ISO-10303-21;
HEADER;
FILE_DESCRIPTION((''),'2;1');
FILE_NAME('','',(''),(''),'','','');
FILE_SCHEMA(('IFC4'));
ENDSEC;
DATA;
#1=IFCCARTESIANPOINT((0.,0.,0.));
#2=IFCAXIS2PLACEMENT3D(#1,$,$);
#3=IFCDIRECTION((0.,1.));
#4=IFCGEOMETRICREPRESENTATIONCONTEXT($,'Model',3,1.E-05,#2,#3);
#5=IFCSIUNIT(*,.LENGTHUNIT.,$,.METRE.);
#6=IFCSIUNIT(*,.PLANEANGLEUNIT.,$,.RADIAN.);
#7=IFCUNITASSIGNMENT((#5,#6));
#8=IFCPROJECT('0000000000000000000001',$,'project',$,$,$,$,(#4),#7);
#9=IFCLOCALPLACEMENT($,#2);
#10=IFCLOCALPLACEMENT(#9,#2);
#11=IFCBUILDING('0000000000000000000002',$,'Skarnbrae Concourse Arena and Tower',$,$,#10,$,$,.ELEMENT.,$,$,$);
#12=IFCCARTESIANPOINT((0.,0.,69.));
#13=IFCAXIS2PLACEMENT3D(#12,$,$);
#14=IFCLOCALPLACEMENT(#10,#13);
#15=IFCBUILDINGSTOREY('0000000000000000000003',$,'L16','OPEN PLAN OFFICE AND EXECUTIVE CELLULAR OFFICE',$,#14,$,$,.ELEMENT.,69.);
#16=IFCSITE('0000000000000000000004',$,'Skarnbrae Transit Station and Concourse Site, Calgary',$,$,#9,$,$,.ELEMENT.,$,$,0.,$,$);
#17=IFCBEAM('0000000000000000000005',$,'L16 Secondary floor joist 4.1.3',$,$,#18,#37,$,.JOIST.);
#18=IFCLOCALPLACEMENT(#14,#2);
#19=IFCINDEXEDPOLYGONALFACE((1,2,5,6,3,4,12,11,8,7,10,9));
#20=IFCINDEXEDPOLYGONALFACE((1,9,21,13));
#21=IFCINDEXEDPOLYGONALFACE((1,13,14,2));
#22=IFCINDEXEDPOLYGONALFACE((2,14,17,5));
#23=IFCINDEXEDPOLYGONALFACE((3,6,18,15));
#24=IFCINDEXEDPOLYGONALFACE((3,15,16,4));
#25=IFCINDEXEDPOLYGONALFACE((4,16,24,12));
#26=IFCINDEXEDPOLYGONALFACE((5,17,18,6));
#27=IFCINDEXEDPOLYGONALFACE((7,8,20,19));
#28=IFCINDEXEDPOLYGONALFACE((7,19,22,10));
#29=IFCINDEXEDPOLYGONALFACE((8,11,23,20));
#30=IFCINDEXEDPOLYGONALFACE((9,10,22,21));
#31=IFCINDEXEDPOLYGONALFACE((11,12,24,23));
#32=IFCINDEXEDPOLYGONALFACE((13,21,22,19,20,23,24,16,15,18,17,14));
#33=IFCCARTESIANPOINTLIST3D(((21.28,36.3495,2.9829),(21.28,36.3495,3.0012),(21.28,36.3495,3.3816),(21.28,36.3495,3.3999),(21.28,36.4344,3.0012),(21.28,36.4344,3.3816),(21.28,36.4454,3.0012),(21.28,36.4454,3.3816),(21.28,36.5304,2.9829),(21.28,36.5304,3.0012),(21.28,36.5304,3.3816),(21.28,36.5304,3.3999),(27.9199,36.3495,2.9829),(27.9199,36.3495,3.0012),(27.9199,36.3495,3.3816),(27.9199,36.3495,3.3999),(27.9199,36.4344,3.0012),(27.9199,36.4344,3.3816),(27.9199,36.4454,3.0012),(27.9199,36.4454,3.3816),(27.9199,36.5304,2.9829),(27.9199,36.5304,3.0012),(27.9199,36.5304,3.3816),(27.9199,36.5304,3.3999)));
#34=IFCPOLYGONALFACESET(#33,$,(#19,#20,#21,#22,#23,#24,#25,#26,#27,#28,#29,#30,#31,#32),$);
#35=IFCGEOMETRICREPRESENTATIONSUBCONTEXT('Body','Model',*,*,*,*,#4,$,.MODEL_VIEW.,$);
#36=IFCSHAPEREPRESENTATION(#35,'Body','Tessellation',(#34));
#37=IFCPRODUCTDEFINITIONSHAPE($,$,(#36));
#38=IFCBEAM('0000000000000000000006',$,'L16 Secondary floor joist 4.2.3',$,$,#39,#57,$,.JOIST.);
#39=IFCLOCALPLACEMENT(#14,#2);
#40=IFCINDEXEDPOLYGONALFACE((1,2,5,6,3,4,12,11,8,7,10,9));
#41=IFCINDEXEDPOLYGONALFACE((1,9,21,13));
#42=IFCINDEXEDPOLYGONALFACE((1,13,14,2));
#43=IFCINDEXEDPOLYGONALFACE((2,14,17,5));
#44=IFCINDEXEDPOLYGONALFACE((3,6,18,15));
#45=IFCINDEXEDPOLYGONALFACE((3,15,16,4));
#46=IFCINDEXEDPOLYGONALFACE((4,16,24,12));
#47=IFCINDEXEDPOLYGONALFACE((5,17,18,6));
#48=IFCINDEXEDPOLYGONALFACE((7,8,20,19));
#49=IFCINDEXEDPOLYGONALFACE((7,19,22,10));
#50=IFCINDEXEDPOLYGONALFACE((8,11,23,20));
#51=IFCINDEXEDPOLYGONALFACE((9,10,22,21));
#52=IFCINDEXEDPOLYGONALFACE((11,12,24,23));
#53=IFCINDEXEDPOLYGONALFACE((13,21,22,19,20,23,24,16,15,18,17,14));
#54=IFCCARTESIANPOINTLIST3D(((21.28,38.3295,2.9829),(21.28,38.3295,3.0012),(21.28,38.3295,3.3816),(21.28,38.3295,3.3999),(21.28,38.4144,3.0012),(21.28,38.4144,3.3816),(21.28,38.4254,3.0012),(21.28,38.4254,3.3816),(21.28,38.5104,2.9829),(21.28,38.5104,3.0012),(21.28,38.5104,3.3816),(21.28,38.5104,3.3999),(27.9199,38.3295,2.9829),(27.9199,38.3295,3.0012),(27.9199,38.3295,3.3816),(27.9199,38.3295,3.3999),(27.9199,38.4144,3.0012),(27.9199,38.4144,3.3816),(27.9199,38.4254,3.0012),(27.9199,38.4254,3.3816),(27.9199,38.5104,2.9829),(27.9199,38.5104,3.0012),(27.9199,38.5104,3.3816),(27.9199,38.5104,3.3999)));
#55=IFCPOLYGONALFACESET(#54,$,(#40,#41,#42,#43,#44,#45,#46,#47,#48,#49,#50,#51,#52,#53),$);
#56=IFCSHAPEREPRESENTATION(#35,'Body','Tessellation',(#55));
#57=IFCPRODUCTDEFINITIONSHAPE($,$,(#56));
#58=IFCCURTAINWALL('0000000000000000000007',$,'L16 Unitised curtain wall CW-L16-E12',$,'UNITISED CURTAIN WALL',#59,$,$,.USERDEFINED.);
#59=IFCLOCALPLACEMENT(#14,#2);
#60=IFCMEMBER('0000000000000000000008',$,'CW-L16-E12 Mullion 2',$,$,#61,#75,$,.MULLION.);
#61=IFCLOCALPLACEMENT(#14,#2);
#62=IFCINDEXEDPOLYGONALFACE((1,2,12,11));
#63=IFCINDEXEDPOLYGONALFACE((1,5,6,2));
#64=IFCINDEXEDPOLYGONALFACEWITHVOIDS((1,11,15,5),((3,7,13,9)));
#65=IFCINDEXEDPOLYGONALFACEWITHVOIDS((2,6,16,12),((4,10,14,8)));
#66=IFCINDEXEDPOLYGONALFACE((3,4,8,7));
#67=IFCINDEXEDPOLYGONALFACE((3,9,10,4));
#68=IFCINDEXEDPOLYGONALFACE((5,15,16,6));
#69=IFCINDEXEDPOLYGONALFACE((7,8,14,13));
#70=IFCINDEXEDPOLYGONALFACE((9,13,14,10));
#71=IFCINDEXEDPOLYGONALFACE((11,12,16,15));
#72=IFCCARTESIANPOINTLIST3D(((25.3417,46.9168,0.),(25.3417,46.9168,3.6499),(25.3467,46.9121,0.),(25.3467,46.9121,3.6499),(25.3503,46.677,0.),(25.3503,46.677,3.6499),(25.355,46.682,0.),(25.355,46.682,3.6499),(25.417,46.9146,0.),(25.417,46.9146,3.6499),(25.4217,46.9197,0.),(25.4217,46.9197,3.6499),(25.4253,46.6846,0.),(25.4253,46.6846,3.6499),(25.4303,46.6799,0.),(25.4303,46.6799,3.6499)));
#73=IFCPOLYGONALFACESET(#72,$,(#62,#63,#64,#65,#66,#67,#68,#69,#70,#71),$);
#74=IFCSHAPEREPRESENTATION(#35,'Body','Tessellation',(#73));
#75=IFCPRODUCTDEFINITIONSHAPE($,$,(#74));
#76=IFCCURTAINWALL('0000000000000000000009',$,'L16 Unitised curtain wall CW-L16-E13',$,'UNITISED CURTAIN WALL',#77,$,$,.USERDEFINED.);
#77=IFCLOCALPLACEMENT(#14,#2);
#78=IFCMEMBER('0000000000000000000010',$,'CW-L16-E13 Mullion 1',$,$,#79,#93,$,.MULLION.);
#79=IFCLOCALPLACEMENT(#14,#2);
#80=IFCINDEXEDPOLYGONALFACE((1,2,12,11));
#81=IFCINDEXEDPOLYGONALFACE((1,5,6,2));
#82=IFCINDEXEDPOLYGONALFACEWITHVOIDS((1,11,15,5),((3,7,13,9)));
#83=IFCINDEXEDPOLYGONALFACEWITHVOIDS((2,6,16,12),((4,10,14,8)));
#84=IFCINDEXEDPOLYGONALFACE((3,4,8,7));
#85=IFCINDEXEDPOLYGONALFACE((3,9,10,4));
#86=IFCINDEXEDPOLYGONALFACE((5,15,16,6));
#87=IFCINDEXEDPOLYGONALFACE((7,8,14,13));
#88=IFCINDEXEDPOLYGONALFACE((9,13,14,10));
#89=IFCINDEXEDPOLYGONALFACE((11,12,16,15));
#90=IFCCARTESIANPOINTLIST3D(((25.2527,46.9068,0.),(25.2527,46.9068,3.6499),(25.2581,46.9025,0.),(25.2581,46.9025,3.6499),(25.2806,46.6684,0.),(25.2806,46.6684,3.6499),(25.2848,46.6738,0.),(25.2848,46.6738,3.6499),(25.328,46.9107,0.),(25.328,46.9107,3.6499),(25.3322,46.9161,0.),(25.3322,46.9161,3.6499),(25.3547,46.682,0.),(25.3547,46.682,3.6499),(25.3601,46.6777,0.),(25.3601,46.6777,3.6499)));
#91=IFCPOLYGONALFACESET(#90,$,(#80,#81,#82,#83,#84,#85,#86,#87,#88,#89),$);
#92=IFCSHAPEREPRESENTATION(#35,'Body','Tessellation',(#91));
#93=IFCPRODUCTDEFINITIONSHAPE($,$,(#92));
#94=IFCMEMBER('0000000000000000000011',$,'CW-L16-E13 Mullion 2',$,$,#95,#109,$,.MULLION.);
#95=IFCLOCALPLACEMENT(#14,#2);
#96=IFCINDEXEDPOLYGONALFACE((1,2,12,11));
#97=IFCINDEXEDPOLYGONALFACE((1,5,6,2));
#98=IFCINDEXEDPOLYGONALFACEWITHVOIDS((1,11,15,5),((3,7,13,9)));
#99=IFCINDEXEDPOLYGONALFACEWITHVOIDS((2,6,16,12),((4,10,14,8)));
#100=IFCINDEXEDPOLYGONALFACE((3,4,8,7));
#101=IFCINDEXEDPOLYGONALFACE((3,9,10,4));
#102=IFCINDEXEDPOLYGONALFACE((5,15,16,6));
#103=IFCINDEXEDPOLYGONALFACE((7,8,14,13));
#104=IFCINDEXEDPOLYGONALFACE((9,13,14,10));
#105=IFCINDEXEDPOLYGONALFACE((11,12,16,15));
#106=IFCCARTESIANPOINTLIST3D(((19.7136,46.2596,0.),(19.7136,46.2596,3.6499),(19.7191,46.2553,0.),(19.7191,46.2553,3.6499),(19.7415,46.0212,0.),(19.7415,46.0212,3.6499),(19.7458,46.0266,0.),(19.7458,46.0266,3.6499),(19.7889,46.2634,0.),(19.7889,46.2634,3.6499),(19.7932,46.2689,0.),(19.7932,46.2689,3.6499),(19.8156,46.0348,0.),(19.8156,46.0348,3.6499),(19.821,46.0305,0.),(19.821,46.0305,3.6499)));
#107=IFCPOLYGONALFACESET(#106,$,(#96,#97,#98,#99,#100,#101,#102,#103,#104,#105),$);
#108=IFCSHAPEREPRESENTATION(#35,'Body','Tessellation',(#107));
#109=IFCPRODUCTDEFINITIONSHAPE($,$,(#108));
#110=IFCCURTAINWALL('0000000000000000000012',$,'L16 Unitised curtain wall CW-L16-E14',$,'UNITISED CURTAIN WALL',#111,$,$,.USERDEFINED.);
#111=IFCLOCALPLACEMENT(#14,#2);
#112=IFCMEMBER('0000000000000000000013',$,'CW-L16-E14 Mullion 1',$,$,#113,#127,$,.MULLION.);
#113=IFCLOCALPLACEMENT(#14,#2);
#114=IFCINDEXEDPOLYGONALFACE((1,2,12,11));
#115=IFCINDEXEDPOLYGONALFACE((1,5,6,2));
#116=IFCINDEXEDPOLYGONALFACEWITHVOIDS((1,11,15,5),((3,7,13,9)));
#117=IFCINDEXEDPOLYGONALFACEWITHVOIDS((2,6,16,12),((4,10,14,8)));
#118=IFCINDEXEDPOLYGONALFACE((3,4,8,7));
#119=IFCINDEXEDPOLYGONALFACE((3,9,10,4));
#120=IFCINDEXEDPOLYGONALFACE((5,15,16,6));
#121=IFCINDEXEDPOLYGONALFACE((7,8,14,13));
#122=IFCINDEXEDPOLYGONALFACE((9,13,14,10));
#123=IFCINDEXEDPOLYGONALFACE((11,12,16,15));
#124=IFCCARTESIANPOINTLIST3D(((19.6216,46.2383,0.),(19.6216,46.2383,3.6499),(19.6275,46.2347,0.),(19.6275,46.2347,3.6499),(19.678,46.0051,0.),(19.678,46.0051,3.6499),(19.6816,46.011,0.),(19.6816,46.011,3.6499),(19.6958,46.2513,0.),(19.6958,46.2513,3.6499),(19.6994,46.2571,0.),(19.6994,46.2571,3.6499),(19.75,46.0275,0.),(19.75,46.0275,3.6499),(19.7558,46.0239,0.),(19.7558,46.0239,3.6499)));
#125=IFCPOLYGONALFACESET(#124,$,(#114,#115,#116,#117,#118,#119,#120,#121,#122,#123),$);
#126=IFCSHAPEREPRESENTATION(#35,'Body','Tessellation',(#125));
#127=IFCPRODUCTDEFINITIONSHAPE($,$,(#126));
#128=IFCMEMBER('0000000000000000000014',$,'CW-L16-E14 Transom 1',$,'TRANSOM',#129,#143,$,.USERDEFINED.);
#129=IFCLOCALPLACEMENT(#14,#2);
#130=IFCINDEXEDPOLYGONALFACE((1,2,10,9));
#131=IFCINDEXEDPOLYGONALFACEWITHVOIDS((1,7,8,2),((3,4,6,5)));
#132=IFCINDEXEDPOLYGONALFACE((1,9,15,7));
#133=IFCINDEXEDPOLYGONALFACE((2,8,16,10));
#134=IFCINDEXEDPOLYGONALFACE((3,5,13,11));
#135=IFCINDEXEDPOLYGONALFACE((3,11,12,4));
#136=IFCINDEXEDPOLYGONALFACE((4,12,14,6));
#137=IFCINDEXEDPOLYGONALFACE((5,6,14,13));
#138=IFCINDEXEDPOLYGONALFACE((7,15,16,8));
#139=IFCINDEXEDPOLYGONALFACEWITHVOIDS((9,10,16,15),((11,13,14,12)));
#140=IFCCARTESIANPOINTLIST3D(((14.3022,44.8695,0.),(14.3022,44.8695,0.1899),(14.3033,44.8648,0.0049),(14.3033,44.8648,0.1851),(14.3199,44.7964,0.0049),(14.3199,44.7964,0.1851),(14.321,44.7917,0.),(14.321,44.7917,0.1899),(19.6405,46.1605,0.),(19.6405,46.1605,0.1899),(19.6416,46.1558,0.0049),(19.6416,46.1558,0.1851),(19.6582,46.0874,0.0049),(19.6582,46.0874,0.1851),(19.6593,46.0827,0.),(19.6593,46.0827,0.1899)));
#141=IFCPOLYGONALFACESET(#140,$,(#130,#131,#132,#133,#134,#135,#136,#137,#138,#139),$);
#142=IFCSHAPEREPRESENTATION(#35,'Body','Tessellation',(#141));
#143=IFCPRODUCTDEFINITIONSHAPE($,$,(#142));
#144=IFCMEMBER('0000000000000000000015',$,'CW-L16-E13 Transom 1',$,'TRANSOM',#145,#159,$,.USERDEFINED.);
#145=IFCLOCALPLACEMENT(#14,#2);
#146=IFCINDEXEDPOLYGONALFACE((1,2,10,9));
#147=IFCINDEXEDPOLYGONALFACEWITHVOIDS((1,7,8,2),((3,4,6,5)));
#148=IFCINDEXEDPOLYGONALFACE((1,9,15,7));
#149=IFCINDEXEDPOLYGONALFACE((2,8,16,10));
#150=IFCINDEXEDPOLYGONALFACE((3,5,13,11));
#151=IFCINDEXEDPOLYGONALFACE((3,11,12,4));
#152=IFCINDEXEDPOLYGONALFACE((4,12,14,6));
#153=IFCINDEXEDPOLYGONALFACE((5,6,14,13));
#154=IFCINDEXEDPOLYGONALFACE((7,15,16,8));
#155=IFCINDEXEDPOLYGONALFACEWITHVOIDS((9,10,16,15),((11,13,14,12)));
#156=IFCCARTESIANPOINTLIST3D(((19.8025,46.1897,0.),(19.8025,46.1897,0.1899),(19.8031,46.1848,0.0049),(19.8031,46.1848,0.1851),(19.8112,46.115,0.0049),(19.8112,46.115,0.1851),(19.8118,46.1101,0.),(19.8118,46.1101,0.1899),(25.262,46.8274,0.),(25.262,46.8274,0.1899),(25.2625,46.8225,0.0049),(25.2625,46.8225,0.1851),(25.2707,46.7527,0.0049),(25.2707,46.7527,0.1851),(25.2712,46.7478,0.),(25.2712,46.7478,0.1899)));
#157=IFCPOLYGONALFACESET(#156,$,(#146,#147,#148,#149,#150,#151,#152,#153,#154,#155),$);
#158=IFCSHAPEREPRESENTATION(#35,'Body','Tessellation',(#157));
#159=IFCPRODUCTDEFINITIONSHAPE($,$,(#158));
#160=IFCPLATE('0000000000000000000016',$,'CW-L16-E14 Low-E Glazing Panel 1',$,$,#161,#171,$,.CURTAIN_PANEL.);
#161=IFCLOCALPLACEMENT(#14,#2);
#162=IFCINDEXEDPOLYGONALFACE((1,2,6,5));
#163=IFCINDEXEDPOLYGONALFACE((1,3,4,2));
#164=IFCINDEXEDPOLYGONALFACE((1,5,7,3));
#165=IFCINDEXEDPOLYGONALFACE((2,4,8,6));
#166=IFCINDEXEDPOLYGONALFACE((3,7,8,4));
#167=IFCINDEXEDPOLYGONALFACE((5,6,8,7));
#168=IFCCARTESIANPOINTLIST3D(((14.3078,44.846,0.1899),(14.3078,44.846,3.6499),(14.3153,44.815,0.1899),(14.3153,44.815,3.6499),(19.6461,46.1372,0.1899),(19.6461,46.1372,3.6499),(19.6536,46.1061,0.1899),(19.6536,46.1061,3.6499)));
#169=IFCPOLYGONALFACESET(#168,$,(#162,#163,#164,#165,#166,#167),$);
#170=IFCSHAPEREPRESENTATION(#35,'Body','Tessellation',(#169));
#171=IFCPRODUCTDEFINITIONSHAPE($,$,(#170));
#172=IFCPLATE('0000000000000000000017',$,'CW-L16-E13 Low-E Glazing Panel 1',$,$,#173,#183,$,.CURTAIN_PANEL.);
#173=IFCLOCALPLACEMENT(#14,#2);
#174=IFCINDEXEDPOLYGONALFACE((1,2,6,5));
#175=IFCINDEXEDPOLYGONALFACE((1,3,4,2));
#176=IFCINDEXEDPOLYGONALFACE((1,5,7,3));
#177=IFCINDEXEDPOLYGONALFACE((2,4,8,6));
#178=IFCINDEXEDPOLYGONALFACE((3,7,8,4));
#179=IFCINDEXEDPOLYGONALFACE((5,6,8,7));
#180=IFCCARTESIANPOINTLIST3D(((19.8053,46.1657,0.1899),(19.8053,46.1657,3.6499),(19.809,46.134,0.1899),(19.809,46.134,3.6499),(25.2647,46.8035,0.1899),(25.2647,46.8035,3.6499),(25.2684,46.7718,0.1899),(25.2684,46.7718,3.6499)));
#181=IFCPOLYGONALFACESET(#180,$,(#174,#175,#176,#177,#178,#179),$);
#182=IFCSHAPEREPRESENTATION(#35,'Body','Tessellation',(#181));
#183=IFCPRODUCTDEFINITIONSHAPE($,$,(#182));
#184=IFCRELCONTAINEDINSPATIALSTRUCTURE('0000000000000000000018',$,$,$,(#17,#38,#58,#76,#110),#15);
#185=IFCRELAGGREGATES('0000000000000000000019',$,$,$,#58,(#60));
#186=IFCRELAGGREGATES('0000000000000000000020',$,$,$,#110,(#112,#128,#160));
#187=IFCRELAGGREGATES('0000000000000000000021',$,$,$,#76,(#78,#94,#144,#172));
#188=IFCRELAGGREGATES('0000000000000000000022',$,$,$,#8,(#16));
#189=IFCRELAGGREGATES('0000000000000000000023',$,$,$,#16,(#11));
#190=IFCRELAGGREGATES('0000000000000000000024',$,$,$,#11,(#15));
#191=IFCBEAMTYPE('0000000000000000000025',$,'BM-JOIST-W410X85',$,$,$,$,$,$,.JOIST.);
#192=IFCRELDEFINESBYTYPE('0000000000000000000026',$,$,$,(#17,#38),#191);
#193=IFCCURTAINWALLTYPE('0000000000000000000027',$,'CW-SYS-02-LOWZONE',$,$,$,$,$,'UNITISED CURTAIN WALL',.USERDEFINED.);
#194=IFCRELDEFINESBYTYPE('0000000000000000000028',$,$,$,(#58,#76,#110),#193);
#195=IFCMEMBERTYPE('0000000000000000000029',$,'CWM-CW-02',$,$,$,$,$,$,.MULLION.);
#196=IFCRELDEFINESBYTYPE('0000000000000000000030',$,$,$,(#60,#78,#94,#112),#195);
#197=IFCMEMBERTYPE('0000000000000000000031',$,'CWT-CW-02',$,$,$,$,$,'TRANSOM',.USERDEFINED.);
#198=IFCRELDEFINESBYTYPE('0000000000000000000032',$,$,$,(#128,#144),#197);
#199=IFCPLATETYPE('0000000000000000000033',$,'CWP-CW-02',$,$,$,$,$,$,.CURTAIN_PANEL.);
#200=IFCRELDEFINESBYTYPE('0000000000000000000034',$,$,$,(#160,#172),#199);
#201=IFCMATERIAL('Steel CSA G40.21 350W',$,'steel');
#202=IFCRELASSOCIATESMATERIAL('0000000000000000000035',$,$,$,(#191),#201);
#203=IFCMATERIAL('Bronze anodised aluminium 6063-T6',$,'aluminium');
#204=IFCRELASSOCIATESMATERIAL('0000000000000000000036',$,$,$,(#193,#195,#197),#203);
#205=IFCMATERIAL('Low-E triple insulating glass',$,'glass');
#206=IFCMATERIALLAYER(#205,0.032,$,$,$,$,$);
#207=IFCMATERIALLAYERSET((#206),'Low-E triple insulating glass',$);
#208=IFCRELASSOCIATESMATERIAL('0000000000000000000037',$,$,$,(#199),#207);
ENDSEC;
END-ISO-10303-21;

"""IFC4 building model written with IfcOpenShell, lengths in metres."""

from ifc_helpers import new_model, si_unit, direction, frame, origin, origin_2d, place, context, subcontext, project, spatial, rectangle, hollow_rectangle, i_section, extrude, source, transform, mapped, material, layer, layer_set, material_profile, profile_set, type_object, element, aggregate, save


model = new_model("IFC4")

# Units and contexts
model_context = context("Model", 3, precision=1e-05, world=origin(), true_north=direction((0.0, 1.0)))
body_context = subcontext(model_context, "Body", "Model", "MODEL_VIEW")
ifc_project = project(units=[si_unit("LENGTHUNIT", "METRE"), si_unit("PLANEANGLEUNIT", "RADIAN")], contexts=[model_context])

# Site, building, storey
site_placement = place(None, origin())
site = spatial("IfcSite", under=ifc_project, at=site_placement, Name="Skarnbrae Transit Station and Concourse Site, Calgary", CompositionType="ELEMENT", RefElevation=0.0)
building_placement = place(site_placement, origin())
building = spatial("IfcBuilding", under=site, at=building_placement, Name="Skarnbrae Concourse Arena and Tower", CompositionType="ELEMENT")
storey_placement = place(building_placement, frame((0.0, 0.0, 69.0)))
storey = spatial("IfcBuildingStorey", under=building, at=storey_placement, Name="L16", Description="OPEN PLAN OFFICE AND EXECUTIVE CELLULAR OFFICE", CompositionType="ELEMENT", Elevation=69.0)

# Shared definitions
ifc_material_1 = material(Name="Steel CSA G40.21 350W", Category="steel")

# Beams
ifc_material_profile_1 = material_profile(ifc_material_1, i_section(OverallWidth=0.1809, OverallDepth=0.417, WebThickness=0.011, FlangeThickness=0.0183, at=origin_2d()), Name="W410X85")
ifc_profile_set_1 = profile_set([ifc_material_profile_1], Name="Steel CSA G40.21 350W")
beam_type_1 = type_object("IfcBeamType", Name="BM-JOIST-W410X85", PredefinedType="JOIST", material=ifc_profile_set_1)
shared_shape_1 = source(origin(), body_context, "Body", "SweptSolid", [
    extrude(i_section(OverallWidth=0.1809, OverallDepth=0.417, WebThickness=0.011, FlangeThickness=0.0183, at=origin_2d()), origin(), (0.0, 0.0, 1.0), 6.6399),
])
for number, where, z_axis, x_axis, name in (
    (1, (21.28, 36.4399, 3.1914), (1.0, 0.0, 0.0), (0.0, 1.0, 0.0), "L16 Secondary floor joist 4.1.3"),
    (2, (21.28, 38.4199, 3.1914), (1.0, 0.0, 0.0), (0.0, 1.0, 0.0), "L16 Secondary floor joist 4.2.3"),
):
    element("IfcBeam", number, at=place(storey_placement, frame(where, z_axis=z_axis, x_axis=x_axis)), inside=storey, type_object=beam_type_1, Name=name, PredefinedType="JOIST", context=body_context, shape_type="MappedRepresentation", body=[
        mapped(shared_shape_1, transform((0.0, 0.0, 0.0))),
    ])

# Curtain wall, member
ifc_material_2 = material(Name="Bronze anodised aluminium 6063-T6", Category="aluminium")
curtain_wall_type = type_object("IfcCurtainWallType", Name="CW-SYS-02-LOWZONE", ElementType="UNITISED CURTAIN WALL", PredefinedType="USERDEFINED", material=ifc_material_2)
curtain_wall_1_placement = place(storey_placement, origin())
curtain_wall_1 = element("IfcCurtainWall", 3, at=curtain_wall_1_placement, inside=storey, type_object=curtain_wall_type, Name="L16 Unitised curtain wall CW-L16-E12", ObjectType="UNITISED CURTAIN WALL", PredefinedType="USERDEFINED")
ifc_material_profile_2 = material_profile(ifc_material_2, hollow_rectangle(XDim=0.0801, YDim=0.24, WallThickness=0.0049, at=origin_2d()), Name="ALU-MULL-80X240")
ifc_profile_set_2 = profile_set([ifc_material_profile_2], Name="Bronze anodised aluminium 6063-T6")
member_type_1 = type_object("IfcMemberType", Name="CWM-CW-02", PredefinedType="MULLION", material=ifc_profile_set_2)
shared_shape_2 = source(origin(), body_context, "Body", "SweptSolid", [
    extrude(hollow_rectangle(XDim=0.0801, YDim=0.24, WallThickness=0.0049, at=origin_2d()), origin(), (0.0, 0.0, 1.0), 3.6499),
])
member_1_placement = place(storey_placement, frame((25.386, 46.7983, 0.0), z_axis=(0.0, 0.0, 1.0), x_axis=(-0.999355, -0.035899, 0.0)))
member_1 = element("IfcMember", 4, at=member_1_placement, type_object=member_type_1, Name="CW-L16-E12 Mullion 2", PredefinedType="MULLION", context=body_context, shape_type="MappedRepresentation", body=[
    mapped(shared_shape_2, transform((0.0, 0.0, 0.0))),
])
aggregate(curtain_wall_1, [member_1])

# Curtain walls, members
curtain_wall_2_placement = place(storey_placement, origin())
curtain_wall_2 = element("IfcCurtainWall", 5, at=curtain_wall_2_placement, inside=storey, type_object=curtain_wall_type, Name="L16 Unitised curtain wall CW-L16-E13", ObjectType="UNITISED CURTAIN WALL", PredefinedType="USERDEFINED")
member_2_placement = place(storey_placement, frame((25.3064, 46.7922, 0.0), z_axis=(0.0, 0.0, 1.0), x_axis=(-0.993245, -0.11604, 0.0)))
member_2 = element("IfcMember", 6, at=member_2_placement, type_object=member_type_1, Name="CW-L16-E13 Mullion 1", PredefinedType="MULLION", context=body_context, shape_type="MappedRepresentation", body=[
    mapped(shared_shape_2, transform((0.0, 0.0, 0.0))),
])
member_3_placement = place(storey_placement, frame((19.7673, 46.145, 0.0), z_axis=(0.0, 0.0, 1.0), x_axis=(-0.993245, -0.11604, 0.0)))
member_3 = element("IfcMember", 7, at=member_3_placement, type_object=member_type_1, Name="CW-L16-E13 Mullion 2", PredefinedType="MULLION", context=body_context, shape_type="MappedRepresentation", body=[
    mapped(shared_shape_2, transform((0.0, 0.0, 0.0))),
])
curtain_wall_3_placement = place(storey_placement, origin())
curtain_wall_3 = element("IfcCurtainWall", 8, at=curtain_wall_3_placement, inside=storey, type_object=curtain_wall_type, Name="L16 Unitised curtain wall CW-L16-E14", ObjectType="UNITISED CURTAIN WALL", PredefinedType="USERDEFINED")
member_4_placement = place(storey_placement, frame((19.6887, 46.1311, 0.0), z_axis=(0.0, 0.0, 1.0), x_axis=(-0.971974, -0.23509, 0.0)))
member_4 = element("IfcMember", 9, at=member_4_placement, type_object=member_type_1, Name="CW-L16-E14 Mullion 1", PredefinedType="MULLION", context=body_context, shape_type="MappedRepresentation", body=[
    mapped(shared_shape_2, transform((0.0, 0.0, 0.0))),
])
ifc_material_profile_3 = material_profile(ifc_material_2, hollow_rectangle(XDim=0.0801, YDim=0.1899, WallThickness=0.0049, at=origin_2d()), Name="ALU-TRAN-80X190")
ifc_profile_set_3 = profile_set([ifc_material_profile_3], Name="Bronze anodised aluminium 6063-T6")
member_type_2 = type_object("IfcMemberType", Name="CWT-CW-02", ElementType="TRANSOM", PredefinedType="USERDEFINED", material=ifc_profile_set_3)
shared_shape_3 = source(origin(), body_context, "Body", "SweptSolid", [
    extrude(hollow_rectangle(XDim=0.0801, YDim=0.1899, WallThickness=0.0049, at=origin_2d()), origin(), (0.0, 0.0, 1.0), 5.4922),
])
member_5_placement = place(storey_placement, frame((19.6499, 46.1216, 0.095), z_axis=(-0.971981, -0.235061, 0.0), x_axis=(0.235061, -0.971981, 0.0)))
member_5 = element("IfcMember", 10, at=member_5_placement, type_object=member_type_2, Name="CW-L16-E14 Transom 1", ObjectType="TRANSOM", PredefinedType="USERDEFINED", context=body_context, shape_type="MappedRepresentation", body=[
    mapped(shared_shape_3, transform((0.0, 0.0, 0.0))),
])

# Member
shared_shape_4 = source(origin(), body_context, "Body", "SweptSolid", [
    extrude(hollow_rectangle(XDim=0.0801, YDim=0.1899, WallThickness=0.0049, at=origin_2d()), origin(), (0.0, 0.0, 1.0), 5.4966),
])
member_6_placement = place(storey_placement, frame((25.2666, 46.7876, 0.095), z_axis=(-0.993247, -0.116017, 0.0), x_axis=(0.116017, -0.993247, 0.0)))
member_6 = element("IfcMember", 11, at=member_6_placement, type_object=member_type_2, Name="CW-L16-E13 Transom 1", ObjectType="TRANSOM", PredefinedType="USERDEFINED", context=body_context, shape_type="MappedRepresentation", body=[
    mapped(shared_shape_4, transform((0.0, 0.0, 0.0))),
])

# Plates
ifc_material_3 = material(Name="Low-E triple insulating glass", Category="glass")
ifc_layer_1 = layer(ifc_material_3, 0.032)
ifc_layer_set_1 = layer_set([ifc_layer_1], Name="Low-E triple insulating glass")
plate_type = type_object("IfcPlateType", Name="CWP-CW-02", PredefinedType="CURTAIN_PANEL", material=ifc_layer_set_1)
shared_shape_5 = source(origin(), body_context, "Body", "SweptSolid", [
    extrude(rectangle(XDim=5.4922, YDim=0.032, at=origin_2d()), origin(), (0.0, 0.0, 1.0), 3.46),
])
plate_1_placement = place(storey_placement, frame((16.9807, 45.4761, 0.1899), z_axis=(0.0, 0.0, 1.0), x_axis=(-0.971974, -0.23509, 0.0)))
plate_1 = element("IfcPlate", 12, at=plate_1_placement, type_object=plate_type, Name="CW-L16-E14 Low-E Glazing Panel 1", PredefinedType="CURTAIN_PANEL", context=body_context, shape_type="MappedRepresentation", body=[
    mapped(shared_shape_5, transform((0.0, 0.0, 0.0))),
])
aggregate(curtain_wall_3, [member_4, member_5, plate_1])
shared_shape_6 = source(origin(), body_context, "Body", "SweptSolid", [
    extrude(rectangle(XDim=5.4966, YDim=0.032, at=origin_2d()), origin(), (0.0, 0.0, 1.0), 3.46),
])
plate_2_placement = place(storey_placement, frame((22.5369, 46.4688, 0.1899), z_axis=(0.0, 0.0, 1.0), x_axis=(-0.993245, -0.11604, 0.0)))
plate_2 = element("IfcPlate", 13, at=plate_2_placement, type_object=plate_type, Name="CW-L16-E13 Low-E Glazing Panel 1", PredefinedType="CURTAIN_PANEL", context=body_context, shape_type="MappedRepresentation", body=[
    mapped(shared_shape_6, transform((0.0, 0.0, 0.0))),
])
aggregate(curtain_wall_2, [member_2, member_3, member_6, plate_2])

save(model, "model.ifc")
